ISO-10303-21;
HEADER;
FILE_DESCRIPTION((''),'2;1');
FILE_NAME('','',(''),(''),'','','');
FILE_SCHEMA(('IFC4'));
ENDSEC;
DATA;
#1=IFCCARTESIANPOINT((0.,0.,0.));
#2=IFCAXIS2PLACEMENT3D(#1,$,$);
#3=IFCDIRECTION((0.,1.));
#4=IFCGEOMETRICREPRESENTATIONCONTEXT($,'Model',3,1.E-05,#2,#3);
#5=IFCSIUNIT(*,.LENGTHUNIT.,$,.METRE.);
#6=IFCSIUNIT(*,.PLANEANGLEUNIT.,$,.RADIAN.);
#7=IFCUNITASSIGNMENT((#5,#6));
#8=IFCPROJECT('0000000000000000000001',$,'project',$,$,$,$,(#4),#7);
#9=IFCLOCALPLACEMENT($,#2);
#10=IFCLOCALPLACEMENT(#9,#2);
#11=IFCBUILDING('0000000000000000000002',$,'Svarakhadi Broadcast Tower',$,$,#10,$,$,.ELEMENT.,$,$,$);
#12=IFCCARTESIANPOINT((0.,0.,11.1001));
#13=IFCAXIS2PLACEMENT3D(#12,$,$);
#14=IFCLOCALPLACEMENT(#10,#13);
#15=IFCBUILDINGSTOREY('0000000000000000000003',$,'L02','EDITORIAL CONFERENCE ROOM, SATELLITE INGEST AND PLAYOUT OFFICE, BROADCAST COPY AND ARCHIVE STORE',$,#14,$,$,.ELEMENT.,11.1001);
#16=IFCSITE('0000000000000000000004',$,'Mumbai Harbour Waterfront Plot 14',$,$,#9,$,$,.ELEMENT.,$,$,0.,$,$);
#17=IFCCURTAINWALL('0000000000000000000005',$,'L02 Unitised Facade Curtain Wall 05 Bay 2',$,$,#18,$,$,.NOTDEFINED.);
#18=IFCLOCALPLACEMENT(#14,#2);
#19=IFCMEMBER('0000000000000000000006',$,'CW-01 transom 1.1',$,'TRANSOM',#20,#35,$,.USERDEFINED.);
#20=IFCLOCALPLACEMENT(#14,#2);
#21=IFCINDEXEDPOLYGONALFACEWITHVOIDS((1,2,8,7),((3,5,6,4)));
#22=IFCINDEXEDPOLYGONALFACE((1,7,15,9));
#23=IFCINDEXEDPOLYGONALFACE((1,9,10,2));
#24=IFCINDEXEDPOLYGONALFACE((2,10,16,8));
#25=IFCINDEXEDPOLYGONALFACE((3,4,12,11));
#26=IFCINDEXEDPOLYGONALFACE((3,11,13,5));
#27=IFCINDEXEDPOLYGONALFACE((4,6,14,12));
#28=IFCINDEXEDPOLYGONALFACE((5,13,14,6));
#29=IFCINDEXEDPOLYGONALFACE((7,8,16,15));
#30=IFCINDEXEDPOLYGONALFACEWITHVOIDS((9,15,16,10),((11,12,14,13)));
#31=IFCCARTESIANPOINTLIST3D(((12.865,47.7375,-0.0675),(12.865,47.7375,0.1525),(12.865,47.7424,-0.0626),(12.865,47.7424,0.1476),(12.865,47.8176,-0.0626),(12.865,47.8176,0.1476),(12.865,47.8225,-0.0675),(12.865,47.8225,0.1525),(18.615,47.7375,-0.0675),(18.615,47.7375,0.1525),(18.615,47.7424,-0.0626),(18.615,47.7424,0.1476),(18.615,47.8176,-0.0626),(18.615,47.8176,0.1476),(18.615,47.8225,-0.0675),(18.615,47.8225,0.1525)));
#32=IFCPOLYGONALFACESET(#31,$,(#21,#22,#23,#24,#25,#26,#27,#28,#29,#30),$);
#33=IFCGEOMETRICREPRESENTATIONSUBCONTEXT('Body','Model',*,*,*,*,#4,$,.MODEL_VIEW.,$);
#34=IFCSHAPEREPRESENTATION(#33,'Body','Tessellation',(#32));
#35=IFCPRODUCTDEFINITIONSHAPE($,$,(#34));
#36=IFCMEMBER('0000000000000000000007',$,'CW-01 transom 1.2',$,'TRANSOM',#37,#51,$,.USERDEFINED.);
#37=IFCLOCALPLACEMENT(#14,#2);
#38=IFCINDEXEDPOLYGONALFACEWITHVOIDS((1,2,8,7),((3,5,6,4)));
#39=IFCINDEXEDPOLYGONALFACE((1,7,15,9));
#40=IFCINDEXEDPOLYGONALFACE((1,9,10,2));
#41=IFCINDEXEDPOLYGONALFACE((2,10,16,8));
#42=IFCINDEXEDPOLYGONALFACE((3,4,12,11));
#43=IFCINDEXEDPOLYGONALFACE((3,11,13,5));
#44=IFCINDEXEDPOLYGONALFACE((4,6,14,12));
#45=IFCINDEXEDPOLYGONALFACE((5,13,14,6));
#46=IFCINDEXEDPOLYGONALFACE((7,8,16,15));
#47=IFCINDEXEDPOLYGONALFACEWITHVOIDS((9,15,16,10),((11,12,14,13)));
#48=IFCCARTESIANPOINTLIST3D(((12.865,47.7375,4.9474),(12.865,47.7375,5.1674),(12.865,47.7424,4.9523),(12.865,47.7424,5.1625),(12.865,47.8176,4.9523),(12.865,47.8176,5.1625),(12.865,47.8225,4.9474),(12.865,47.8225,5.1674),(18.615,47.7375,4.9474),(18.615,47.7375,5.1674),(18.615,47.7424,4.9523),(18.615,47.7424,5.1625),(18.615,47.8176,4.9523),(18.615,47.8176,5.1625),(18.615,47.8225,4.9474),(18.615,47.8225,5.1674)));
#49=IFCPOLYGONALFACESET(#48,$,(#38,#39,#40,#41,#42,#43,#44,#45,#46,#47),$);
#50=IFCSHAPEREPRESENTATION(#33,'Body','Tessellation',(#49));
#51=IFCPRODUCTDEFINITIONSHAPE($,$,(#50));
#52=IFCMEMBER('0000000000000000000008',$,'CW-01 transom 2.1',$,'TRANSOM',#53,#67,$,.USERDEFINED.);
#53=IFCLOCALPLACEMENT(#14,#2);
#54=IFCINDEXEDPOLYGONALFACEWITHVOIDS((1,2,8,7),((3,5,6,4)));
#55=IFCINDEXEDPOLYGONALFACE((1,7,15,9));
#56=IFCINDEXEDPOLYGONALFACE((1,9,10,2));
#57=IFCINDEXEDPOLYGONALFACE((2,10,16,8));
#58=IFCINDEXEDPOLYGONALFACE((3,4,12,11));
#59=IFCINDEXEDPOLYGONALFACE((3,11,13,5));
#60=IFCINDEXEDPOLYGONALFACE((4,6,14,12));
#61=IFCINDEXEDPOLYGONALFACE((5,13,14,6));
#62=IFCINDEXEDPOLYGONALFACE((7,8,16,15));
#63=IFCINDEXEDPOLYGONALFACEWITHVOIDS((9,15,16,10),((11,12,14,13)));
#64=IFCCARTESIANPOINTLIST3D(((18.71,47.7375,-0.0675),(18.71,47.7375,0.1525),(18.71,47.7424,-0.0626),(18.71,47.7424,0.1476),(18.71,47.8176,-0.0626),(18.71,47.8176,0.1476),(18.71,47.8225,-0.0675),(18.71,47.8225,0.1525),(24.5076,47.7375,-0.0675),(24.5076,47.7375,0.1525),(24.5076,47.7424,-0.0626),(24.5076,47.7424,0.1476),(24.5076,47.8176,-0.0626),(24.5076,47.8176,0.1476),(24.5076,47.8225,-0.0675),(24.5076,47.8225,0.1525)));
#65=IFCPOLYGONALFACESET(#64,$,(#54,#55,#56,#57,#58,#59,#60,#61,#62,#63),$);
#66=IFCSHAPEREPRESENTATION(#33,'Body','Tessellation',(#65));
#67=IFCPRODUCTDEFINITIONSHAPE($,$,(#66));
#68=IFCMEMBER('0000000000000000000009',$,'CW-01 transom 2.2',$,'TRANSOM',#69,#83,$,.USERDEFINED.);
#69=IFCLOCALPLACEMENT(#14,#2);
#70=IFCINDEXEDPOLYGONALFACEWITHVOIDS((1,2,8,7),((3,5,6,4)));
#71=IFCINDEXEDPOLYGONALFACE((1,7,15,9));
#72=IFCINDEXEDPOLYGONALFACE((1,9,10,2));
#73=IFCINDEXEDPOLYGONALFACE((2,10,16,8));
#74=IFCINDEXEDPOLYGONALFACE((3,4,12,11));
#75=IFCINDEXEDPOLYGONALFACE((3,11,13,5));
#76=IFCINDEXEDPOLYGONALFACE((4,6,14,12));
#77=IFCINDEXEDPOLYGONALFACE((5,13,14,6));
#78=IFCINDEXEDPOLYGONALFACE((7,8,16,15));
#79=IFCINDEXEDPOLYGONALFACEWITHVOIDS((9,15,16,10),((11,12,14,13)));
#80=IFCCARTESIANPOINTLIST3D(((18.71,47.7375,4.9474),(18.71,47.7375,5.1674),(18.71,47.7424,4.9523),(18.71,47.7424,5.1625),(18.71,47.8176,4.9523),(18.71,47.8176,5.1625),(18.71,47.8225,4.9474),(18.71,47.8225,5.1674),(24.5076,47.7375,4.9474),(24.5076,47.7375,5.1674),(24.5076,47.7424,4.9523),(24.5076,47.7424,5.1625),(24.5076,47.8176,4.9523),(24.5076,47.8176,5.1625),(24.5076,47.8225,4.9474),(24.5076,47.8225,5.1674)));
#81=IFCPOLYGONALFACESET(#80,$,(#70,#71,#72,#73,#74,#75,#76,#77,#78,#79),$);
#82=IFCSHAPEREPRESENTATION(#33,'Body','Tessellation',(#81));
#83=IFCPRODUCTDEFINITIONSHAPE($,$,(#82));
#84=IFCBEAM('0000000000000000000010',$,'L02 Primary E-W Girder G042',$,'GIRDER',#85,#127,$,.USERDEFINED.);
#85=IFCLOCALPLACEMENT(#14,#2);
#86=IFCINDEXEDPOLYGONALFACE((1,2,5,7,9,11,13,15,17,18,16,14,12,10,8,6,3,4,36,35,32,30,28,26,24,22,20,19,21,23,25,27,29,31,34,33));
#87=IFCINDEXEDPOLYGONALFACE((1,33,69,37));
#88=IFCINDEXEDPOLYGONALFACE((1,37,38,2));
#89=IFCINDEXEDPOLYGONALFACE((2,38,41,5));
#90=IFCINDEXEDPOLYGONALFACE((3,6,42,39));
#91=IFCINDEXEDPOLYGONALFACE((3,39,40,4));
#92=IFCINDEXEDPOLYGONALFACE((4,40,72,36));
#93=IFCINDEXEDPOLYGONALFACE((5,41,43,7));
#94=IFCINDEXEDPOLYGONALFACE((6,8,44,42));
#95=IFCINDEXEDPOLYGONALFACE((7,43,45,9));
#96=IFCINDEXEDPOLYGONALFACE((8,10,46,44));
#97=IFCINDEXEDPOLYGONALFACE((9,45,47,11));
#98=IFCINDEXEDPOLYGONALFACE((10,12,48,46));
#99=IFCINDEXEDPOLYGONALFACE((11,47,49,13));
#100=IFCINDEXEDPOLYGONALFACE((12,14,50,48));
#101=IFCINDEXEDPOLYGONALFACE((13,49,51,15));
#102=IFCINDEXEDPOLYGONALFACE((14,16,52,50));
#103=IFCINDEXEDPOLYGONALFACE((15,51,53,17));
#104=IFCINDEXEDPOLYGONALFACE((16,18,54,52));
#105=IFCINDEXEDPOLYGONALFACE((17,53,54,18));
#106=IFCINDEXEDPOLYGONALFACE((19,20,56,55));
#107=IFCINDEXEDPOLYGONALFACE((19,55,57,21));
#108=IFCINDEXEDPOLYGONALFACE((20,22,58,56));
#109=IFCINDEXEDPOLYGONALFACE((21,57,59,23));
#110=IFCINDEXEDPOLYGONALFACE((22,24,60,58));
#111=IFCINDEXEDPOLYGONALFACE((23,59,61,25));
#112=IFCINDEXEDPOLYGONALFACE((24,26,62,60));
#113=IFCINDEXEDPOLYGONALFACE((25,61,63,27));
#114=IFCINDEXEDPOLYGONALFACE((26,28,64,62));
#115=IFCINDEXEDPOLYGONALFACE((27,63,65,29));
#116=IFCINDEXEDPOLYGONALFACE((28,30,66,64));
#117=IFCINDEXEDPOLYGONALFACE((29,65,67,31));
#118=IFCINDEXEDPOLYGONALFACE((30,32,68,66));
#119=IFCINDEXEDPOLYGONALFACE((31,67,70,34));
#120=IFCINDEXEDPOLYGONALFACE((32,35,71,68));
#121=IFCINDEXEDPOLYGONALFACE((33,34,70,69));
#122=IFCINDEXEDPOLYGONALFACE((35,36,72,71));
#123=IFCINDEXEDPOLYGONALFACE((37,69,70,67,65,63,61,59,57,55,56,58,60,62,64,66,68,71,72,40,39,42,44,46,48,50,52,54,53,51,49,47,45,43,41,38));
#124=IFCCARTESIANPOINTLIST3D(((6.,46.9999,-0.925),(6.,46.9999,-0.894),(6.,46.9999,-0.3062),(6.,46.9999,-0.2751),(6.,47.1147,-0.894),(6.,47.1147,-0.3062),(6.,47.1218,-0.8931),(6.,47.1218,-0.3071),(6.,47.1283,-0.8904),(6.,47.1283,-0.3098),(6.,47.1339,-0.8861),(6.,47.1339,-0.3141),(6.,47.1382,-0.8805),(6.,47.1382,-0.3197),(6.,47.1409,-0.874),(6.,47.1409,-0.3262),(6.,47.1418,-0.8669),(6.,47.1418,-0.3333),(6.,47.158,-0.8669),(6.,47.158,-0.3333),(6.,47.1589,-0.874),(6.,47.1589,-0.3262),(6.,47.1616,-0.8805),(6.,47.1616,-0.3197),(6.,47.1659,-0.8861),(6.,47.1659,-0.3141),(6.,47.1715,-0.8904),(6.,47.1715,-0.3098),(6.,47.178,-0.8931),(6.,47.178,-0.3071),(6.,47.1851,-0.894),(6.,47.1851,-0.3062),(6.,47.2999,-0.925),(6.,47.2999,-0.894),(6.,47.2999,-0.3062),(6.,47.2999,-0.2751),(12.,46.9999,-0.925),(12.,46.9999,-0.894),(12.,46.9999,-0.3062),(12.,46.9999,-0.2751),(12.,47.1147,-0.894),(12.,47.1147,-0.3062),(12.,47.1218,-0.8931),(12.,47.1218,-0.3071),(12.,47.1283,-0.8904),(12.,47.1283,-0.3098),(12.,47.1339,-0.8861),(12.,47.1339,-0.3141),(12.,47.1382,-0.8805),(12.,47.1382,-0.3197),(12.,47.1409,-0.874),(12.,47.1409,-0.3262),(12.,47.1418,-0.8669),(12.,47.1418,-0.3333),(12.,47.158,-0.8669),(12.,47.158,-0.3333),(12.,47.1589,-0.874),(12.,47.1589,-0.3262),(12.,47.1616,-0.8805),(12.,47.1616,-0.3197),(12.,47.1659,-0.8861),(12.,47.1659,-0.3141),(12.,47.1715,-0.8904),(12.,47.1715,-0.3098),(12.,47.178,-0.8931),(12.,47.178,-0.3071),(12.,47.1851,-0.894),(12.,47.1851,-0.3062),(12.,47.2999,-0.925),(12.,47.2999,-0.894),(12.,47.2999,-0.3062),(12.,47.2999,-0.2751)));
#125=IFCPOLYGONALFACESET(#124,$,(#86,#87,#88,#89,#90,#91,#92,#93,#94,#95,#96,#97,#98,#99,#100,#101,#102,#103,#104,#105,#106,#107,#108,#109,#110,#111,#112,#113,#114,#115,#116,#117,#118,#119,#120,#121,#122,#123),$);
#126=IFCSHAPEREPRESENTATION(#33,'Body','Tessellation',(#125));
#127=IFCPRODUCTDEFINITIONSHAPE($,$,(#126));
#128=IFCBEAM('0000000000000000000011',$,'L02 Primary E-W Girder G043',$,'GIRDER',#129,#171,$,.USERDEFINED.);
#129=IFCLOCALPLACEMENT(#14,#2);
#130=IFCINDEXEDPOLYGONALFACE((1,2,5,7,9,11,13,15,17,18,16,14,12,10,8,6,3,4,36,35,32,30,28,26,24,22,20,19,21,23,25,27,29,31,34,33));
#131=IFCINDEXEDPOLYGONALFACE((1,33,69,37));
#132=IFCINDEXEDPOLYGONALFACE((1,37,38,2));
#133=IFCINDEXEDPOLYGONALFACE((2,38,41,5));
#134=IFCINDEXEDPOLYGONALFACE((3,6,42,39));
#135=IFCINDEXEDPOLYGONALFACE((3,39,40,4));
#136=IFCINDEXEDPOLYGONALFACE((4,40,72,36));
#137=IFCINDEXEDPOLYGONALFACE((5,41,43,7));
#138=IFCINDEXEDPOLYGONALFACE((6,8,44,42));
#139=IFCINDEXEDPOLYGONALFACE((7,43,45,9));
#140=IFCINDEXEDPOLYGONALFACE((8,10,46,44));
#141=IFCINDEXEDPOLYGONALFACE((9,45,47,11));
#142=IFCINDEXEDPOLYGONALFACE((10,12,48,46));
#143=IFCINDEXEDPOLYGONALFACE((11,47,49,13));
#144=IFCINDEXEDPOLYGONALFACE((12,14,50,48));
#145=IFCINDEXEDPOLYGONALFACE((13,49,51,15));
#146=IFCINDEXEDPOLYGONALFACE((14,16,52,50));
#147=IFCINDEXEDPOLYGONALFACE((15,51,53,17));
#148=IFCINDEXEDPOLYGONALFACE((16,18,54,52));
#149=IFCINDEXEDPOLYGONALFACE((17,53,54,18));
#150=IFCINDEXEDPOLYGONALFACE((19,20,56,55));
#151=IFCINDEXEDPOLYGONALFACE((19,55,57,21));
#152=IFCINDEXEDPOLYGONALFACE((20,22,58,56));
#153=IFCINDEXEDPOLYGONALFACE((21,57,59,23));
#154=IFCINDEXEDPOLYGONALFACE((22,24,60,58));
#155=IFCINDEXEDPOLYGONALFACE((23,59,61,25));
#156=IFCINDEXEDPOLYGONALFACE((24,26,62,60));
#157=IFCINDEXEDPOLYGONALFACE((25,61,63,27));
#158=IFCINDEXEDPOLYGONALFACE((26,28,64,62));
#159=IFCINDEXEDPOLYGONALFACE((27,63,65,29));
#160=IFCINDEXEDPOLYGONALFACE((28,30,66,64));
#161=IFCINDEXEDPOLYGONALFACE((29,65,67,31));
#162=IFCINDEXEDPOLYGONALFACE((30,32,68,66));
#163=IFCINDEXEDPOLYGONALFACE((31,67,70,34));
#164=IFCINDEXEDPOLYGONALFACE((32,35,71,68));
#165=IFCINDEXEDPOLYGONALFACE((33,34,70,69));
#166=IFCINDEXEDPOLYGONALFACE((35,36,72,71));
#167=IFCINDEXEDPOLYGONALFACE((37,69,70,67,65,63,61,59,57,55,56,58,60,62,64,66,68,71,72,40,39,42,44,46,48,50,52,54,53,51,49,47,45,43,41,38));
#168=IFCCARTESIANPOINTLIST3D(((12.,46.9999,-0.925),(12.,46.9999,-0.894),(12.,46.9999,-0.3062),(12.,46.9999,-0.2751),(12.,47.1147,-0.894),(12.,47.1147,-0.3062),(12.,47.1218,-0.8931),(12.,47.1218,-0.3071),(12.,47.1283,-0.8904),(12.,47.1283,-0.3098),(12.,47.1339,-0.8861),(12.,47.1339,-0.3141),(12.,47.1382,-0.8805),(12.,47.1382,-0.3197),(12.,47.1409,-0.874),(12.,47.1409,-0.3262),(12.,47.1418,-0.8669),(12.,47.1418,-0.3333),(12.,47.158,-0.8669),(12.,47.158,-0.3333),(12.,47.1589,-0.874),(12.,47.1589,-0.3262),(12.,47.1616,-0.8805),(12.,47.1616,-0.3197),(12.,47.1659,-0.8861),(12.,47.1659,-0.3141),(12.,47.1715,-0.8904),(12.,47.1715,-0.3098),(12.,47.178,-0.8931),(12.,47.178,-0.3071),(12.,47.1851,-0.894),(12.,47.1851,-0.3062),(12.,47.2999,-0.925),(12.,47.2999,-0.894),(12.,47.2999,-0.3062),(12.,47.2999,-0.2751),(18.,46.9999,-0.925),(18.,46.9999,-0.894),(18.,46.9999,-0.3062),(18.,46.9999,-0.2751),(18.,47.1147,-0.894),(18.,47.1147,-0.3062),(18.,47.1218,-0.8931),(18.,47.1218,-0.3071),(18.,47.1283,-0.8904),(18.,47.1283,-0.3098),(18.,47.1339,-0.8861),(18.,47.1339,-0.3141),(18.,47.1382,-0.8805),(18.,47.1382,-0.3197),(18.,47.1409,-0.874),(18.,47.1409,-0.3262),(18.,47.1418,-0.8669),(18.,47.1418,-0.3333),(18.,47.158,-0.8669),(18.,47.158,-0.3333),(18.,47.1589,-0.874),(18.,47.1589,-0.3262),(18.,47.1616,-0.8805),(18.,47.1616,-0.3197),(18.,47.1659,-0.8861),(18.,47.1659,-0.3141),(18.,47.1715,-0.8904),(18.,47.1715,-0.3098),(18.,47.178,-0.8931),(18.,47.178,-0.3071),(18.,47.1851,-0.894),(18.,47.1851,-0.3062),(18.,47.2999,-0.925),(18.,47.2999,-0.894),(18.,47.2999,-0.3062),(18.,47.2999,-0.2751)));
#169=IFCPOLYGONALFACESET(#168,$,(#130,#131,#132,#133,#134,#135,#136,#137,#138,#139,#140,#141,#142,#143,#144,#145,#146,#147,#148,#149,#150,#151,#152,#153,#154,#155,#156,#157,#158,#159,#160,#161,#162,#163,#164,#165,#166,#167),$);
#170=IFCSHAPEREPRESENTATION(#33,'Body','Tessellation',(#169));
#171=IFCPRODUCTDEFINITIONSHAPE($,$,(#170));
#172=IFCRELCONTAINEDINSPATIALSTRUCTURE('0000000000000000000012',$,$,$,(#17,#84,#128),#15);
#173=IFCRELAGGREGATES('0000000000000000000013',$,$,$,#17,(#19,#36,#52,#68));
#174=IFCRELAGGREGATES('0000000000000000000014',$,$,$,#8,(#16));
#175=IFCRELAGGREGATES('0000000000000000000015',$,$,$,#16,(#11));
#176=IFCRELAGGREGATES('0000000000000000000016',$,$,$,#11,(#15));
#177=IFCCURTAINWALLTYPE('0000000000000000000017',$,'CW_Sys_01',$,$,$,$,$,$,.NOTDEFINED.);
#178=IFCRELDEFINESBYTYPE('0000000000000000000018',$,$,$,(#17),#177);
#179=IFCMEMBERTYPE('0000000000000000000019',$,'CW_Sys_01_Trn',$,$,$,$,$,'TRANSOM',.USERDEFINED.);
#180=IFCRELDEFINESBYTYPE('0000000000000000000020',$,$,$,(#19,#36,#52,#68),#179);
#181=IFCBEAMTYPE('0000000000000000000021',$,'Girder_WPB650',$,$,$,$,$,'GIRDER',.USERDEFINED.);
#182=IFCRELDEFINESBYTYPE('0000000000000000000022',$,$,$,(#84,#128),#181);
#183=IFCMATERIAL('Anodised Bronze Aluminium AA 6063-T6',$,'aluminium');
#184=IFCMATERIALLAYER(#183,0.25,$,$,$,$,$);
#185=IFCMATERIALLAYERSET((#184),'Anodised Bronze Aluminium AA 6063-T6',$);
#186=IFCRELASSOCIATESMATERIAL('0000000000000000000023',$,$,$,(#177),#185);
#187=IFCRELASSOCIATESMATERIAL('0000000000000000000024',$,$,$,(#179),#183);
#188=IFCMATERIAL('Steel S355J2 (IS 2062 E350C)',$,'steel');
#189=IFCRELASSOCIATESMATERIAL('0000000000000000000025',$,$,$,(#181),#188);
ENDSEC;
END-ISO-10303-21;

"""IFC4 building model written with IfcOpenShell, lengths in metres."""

from ifc_helpers import new_model, si_unit, direction, frame, origin, origin_2d, place, context, subcontext, project, spatial, hollow_rectangle, i_section, extrude, material, layer, layer_set, material_profile, profile_set, type_object, element, aggregate, save


model = new_model("IFC4")

# Units and contexts
model_context = context("Model", 3, precision=1e-05, world=origin(), true_north=direction((0.0, 1.0)))
body_context = subcontext(model_context, "Body", "Model", "MODEL_VIEW")
ifc_project = project(units=[si_unit("LENGTHUNIT", "METRE"), si_unit("PLANEANGLEUNIT", "RADIAN")], contexts=[model_context])

# Site, building, storey
site_placement = place(None, origin())
site = spatial("IfcSite", under=ifc_project, at=site_placement, Name="Mumbai Harbour Waterfront Plot 14", CompositionType="ELEMENT", RefElevation=0.0)
building_placement = place(site_placement, origin())
building = spatial("IfcBuilding", under=site, at=building_placement, Name="Svarakhadi Broadcast Tower", CompositionType="ELEMENT")
storey_placement = place(building_placement, frame((0.0, 0.0, 11.1001)))
storey = spatial("IfcBuildingStorey", under=building, at=storey_placement, Name="L02", Description="EDITORIAL CONFERENCE ROOM, SATELLITE INGEST AND PLAYOUT OFFICE, BROADCAST COPY AND ARCHIVE STORE", CompositionType="ELEMENT", Elevation=11.1001)

# Shared definitions
ifc_material_1 = material(Name="Steel S355J2 (IS 2062 E350C)", Category="steel")

# Shared definitions
ifc_material_2 = material(Name="Anodised Bronze Aluminium AA 6063-T6", Category="aluminium")
ifc_layer_1 = layer(ifc_material_2, 0.25)
ifc_layer_set_1 = layer_set([ifc_layer_1], Name="Anodised Bronze Aluminium AA 6063-T6")
curtain_wall_type = type_object("IfcCurtainWallType", Name="CW_Sys_01", PredefinedType="NOTDEFINED", material=ifc_layer_set_1)

# Curtain wall, members
curtain_wall_1_placement = place(storey_placement, origin())
curtain_wall_1 = element("IfcCurtainWall", 1, at=curtain_wall_1_placement, inside=storey, type_object=curtain_wall_type, Name="L02 Unitised Facade Curtain Wall 05 Bay 2", PredefinedType="NOTDEFINED")
ifc_material_profile_1 = material_profile(ifc_material_2, hollow_rectangle(XDim=0.085, YDim=0.22, WallThickness=0.0049, at=origin_2d()), Name="ALU TRANSOM 220x85x5")
ifc_profile_set_1 = profile_set([ifc_material_profile_1], Name="Anodised Bronze Aluminium AA 6063-T6")
member_type_1 = type_object("IfcMemberType", Name="CW_Sys_01_Trn", ElementType="TRANSOM", PredefinedType="USERDEFINED", material=ifc_profile_set_1)
member_1_placement = place(storey_placement, frame((12.865, 47.78, 0.0425), z_axis=(1.0, 0.0, 0.0), x_axis=(0.0, 1.0, 0.0)))
member_1 = element("IfcMember", 2, at=member_1_placement, type_object=member_type_1, Name="CW-01 transom 1.1", ObjectType="TRANSOM", PredefinedType="USERDEFINED", context=body_context, shape_type="SweptSolid", body=[
    extrude(hollow_rectangle(XDim=0.085, YDim=0.22, WallThickness=0.0049, at=origin_2d()), origin(), (0.0, 0.0, 1.0), 5.75),
])
member_2_placement = place(storey_placement, frame((12.865, 47.78, 5.0574), z_axis=(1.0, 0.0, 0.0), x_axis=(0.0, 1.0, 0.0)))
member_2 = element("IfcMember", 3, at=member_2_placement, type_object=member_type_1, Name="CW-01 transom 1.2", ObjectType="TRANSOM", PredefinedType="USERDEFINED", context=body_context, shape_type="SweptSolid", body=[
    extrude(hollow_rectangle(XDim=0.085, YDim=0.22, WallThickness=0.0049, at=origin_2d()), origin(), (0.0, 0.0, 1.0), 5.75),
])
member_3_placement = place(storey_placement, frame((18.71, 47.78, 0.0425), z_axis=(1.0, 0.0, 0.0), x_axis=(0.0, 1.0, 0.0)))
member_3 = element("IfcMember", 4, at=member_3_placement, type_object=member_type_1, Name="CW-01 transom 2.1", ObjectType="TRANSOM", PredefinedType="USERDEFINED", context=body_context, shape_type="SweptSolid", body=[
    extrude(hollow_rectangle(XDim=0.085, YDim=0.22, WallThickness=0.0049, at=origin_2d()), origin(), (0.0, 0.0, 1.0), 5.7976),
])
member_4_placement = place(storey_placement, frame((18.71, 47.78, 5.0574), z_axis=(1.0, 0.0, 0.0), x_axis=(0.0, 1.0, 0.0)))
member_4 = element("IfcMember", 5, at=member_4_placement, type_object=member_type_1, Name="CW-01 transom 2.2", ObjectType="TRANSOM", PredefinedType="USERDEFINED", context=body_context, shape_type="SweptSolid", body=[
    extrude(hollow_rectangle(XDim=0.085, YDim=0.22, WallThickness=0.0049, at=origin_2d()), origin(), (0.0, 0.0, 1.0), 5.7976),
])

# Beams
ifc_material_profile_2 = material_profile(ifc_material_1, i_section(OverallWidth=0.3, OverallDepth=0.6499, WebThickness=0.0161, FlangeThickness=0.031, FilletRadius=0.0271, at=origin_2d()), Name="WPB 650x300x225")
ifc_profile_set_2 = profile_set([ifc_material_profile_2], Name="Steel S355J2 (IS 2062 E350C)")
beam_type_1 = type_object("IfcBeamType", Name="Girder_WPB650", ElementType="GIRDER", PredefinedType="USERDEFINED", material=ifc_profile_set_2)
for number, where, z_axis, x_axis, name in (
    (6, (6.0, 47.1499, -0.6001), (1.0, 0.0, 0.0), (0.0, 1.0, 0.0), "L02 Primary E-W Girder G042"),
    (7, (12.0, 47.1499, -0.6001), (1.0, 0.0, 0.0), (0.0, 1.0, 0.0), "L02 Primary E-W Girder G043"),
):
    element("IfcBeam", number, at=place(storey_placement, frame(where, z_axis=z_axis, x_axis=x_axis)), inside=storey, type_object=beam_type_1, Name=name, ObjectType="GIRDER", PredefinedType="USERDEFINED", context=body_context, shape_type="SweptSolid", body=[
        extrude(i_section(OverallWidth=0.3, OverallDepth=0.6499, WebThickness=0.0161, FlangeThickness=0.031, FilletRadius=0.0271, at=origin_2d()), origin(), (0.0, 0.0, 1.0), 6.0),
    ])

aggregate(curtain_wall_1, [member_1, member_2, member_3, member_4])

save(model, "model.ifc")
